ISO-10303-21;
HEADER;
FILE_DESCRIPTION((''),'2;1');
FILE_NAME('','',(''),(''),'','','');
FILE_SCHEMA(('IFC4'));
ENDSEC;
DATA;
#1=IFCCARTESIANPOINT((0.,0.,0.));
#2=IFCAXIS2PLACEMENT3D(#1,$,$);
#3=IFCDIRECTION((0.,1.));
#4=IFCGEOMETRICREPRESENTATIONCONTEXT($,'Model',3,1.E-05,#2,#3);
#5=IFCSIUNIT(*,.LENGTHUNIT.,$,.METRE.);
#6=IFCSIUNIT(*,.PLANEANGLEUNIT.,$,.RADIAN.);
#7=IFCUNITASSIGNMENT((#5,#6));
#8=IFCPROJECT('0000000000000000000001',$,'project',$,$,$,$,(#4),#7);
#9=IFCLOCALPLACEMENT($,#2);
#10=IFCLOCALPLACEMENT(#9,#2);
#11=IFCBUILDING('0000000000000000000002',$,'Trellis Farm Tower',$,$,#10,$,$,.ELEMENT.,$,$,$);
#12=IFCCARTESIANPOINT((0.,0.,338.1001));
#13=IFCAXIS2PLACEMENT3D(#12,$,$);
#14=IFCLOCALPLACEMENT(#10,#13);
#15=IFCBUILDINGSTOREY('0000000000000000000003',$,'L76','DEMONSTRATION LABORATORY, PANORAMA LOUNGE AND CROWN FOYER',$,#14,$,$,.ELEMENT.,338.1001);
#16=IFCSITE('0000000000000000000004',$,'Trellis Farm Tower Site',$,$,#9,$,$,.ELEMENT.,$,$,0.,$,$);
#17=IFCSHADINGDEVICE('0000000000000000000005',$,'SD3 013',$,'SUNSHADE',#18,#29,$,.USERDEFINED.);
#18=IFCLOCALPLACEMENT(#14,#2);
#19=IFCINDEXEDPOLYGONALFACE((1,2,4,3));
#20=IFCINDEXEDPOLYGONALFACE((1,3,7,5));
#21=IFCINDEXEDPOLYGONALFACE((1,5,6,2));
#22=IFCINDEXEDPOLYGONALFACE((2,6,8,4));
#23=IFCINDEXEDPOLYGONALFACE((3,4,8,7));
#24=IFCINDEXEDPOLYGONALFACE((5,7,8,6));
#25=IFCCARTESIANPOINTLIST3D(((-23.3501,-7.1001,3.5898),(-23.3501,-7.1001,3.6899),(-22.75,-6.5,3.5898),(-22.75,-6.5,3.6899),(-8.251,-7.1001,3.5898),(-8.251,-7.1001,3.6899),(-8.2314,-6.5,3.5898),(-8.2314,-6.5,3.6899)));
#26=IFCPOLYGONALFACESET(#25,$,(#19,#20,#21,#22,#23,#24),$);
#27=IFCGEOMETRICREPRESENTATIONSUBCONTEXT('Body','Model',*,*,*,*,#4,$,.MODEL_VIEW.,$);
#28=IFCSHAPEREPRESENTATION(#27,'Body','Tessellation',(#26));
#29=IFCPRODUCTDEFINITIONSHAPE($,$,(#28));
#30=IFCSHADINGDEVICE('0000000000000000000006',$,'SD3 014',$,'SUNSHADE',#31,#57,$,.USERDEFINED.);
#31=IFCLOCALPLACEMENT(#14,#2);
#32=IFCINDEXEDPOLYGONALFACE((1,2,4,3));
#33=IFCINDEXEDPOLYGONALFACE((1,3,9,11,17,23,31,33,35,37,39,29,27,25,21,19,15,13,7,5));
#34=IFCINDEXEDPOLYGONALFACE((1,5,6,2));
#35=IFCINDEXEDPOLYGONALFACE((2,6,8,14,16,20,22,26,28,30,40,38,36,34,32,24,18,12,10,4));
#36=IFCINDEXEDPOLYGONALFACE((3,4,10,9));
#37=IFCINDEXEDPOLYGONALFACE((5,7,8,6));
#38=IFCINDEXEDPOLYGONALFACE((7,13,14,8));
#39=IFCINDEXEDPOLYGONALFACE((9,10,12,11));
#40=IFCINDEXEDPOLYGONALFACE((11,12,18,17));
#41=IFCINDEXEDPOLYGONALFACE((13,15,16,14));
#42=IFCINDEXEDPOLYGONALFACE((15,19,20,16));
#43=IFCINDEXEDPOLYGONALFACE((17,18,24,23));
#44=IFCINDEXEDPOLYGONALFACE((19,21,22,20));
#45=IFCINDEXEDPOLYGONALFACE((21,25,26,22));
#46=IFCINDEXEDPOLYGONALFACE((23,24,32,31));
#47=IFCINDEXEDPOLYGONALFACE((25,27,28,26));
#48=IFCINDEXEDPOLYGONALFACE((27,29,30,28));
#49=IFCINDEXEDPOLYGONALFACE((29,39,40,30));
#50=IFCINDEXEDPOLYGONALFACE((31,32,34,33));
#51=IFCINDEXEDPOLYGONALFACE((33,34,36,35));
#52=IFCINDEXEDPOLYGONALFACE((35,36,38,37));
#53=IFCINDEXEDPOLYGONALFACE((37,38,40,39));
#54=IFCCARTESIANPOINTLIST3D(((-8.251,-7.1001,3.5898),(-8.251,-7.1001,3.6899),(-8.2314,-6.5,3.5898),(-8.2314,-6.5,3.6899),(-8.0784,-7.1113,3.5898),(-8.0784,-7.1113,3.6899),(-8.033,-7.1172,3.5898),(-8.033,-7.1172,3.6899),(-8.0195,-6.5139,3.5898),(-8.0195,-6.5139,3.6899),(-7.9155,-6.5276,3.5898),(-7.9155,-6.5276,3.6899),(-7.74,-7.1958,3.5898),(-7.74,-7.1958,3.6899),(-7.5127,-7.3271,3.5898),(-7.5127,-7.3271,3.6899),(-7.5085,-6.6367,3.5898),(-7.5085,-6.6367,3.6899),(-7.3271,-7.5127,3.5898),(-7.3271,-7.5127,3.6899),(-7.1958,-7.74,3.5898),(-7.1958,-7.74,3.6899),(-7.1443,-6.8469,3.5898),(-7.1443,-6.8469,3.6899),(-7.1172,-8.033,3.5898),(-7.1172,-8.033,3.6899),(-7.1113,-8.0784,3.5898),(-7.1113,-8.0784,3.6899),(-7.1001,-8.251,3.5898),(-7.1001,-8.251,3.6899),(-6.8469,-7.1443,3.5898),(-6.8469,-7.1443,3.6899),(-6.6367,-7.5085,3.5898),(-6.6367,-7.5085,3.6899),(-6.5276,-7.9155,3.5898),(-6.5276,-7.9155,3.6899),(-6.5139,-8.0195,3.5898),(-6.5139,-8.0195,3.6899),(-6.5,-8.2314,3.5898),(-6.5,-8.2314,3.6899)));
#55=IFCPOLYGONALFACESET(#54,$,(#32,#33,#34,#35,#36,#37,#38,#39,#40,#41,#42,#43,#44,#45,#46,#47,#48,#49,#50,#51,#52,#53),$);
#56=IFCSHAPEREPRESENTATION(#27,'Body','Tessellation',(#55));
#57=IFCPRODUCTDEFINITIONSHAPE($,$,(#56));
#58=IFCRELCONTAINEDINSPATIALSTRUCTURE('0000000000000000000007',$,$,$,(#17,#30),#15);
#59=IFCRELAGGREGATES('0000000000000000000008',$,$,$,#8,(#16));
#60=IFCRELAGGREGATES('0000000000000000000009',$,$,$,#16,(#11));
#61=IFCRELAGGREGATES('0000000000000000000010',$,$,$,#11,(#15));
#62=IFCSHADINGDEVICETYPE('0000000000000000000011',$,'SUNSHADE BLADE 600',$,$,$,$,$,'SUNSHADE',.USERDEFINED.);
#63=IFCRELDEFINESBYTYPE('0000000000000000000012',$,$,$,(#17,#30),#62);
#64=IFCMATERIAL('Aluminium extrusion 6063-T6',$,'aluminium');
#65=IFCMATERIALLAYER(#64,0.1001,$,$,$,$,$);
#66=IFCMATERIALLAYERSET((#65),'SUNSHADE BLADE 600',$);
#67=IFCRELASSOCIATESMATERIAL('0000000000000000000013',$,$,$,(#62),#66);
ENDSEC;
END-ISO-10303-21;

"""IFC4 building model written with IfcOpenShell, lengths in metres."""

from ifc_helpers import new_model, si_unit, direction, frame, origin, place, context, subcontext, project, spatial, polyline, outline, extrude, source, transform, mapped, material, layer, layer_set, type_object, element, save


model = new_model("IFC4")

# Units and contexts
model_context = context("Model", 3, precision=1e-05, world=origin(), true_north=direction((0.0, 1.0)))
body_context = subcontext(model_context, "Body", "Model", "MODEL_VIEW")
ifc_project = project(units=[si_unit("LENGTHUNIT", "METRE"), si_unit("PLANEANGLEUNIT", "RADIAN")], contexts=[model_context])

# Site, building, storey
site_placement = place(None, origin())
site = spatial("IfcSite", under=ifc_project, at=site_placement, Name="Trellis Farm Tower Site", CompositionType="ELEMENT", RefElevation=0.0)
building_placement = place(site_placement, origin())
building = spatial("IfcBuilding", under=site, at=building_placement, Name="Trellis Farm Tower", CompositionType="ELEMENT")
storey_placement = place(building_placement, frame((0.0, 0.0, 338.1001)))
storey = spatial("IfcBuildingStorey", under=building, at=storey_placement, Name="L76", Description="DEMONSTRATION LABORATORY, PANORAMA LOUNGE AND CROWN FOYER", CompositionType="ELEMENT", Elevation=338.1001)

# Shared definitions
ifc_material_1 = material(Name="Aluminium extrusion 6063-T6", Category="aluminium")

# Shading devices
ifc_layer_1 = layer(ifc_material_1, 0.1001)
ifc_layer_set_1 = layer_set([ifc_layer_1], Name="SUNSHADE BLADE 600")
shading_device_type = type_object("IfcShadingDeviceType", Name="SUNSHADE BLADE 600", ElementType="SUNSHADE", PredefinedType="USERDEFINED", material=ifc_layer_set_1)
placement_1 = place(storey_placement, frame((0.0, 0.0, 3.5898)))
shared_shape_1 = source(origin(), body_context, "Body", "SweptSolid", [
    extrude(outline(polyline([(-23.3501, -7.1001), (-8.251, -7.1001), (-8.2314, -6.5), (-22.75, -6.5), (-23.3501, -7.1001)])), origin(), (0.0, 0.0, 1.0), 0.1001),
])
element("IfcShadingDevice", 1, at=placement_1, inside=storey, type_object=shading_device_type, Name="SD3 013", ObjectType="SUNSHADE", PredefinedType="USERDEFINED", context=body_context, shape_type="MappedRepresentation", body=[
    mapped(shared_shape_1, transform((0.0, 0.0, 0.0))),
])
shared_shape_2 = source(origin(), body_context, "Body", "SweptSolid", [
    extrude(outline(polyline([(-8.251, -7.1001), (-8.0784, -7.1113), (-8.033, -7.1172), (-7.74, -7.1958), (-7.5127, -7.3271), (-7.3271, -7.5127), (-7.1958, -7.74), (-7.1172, -8.033), (-7.1113, -8.0784), (-7.1001, -8.251), (-6.5, -8.2314), (-6.5139, -8.0195), (-6.5276, -7.9155), (-6.6367, -7.5085), (-6.8469, -7.1443), (-7.1443, -6.8469), (-7.5085, -6.6367), (-7.9155, -6.5276), (-8.0195, -6.5139), (-8.2314, -6.5), (-8.251, -7.1001)])), origin(), (0.0, 0.0, 1.0), 0.1001),
])
element("IfcShadingDevice", 2, at=placement_1, inside=storey, type_object=shading_device_type, Name="SD3 014", ObjectType="SUNSHADE", PredefinedType="USERDEFINED", context=body_context, shape_type="MappedRepresentation", body=[
    mapped(shared_shape_2, transform((0.0, 0.0, 0.0))),
])

save(model, "model.ifc")
